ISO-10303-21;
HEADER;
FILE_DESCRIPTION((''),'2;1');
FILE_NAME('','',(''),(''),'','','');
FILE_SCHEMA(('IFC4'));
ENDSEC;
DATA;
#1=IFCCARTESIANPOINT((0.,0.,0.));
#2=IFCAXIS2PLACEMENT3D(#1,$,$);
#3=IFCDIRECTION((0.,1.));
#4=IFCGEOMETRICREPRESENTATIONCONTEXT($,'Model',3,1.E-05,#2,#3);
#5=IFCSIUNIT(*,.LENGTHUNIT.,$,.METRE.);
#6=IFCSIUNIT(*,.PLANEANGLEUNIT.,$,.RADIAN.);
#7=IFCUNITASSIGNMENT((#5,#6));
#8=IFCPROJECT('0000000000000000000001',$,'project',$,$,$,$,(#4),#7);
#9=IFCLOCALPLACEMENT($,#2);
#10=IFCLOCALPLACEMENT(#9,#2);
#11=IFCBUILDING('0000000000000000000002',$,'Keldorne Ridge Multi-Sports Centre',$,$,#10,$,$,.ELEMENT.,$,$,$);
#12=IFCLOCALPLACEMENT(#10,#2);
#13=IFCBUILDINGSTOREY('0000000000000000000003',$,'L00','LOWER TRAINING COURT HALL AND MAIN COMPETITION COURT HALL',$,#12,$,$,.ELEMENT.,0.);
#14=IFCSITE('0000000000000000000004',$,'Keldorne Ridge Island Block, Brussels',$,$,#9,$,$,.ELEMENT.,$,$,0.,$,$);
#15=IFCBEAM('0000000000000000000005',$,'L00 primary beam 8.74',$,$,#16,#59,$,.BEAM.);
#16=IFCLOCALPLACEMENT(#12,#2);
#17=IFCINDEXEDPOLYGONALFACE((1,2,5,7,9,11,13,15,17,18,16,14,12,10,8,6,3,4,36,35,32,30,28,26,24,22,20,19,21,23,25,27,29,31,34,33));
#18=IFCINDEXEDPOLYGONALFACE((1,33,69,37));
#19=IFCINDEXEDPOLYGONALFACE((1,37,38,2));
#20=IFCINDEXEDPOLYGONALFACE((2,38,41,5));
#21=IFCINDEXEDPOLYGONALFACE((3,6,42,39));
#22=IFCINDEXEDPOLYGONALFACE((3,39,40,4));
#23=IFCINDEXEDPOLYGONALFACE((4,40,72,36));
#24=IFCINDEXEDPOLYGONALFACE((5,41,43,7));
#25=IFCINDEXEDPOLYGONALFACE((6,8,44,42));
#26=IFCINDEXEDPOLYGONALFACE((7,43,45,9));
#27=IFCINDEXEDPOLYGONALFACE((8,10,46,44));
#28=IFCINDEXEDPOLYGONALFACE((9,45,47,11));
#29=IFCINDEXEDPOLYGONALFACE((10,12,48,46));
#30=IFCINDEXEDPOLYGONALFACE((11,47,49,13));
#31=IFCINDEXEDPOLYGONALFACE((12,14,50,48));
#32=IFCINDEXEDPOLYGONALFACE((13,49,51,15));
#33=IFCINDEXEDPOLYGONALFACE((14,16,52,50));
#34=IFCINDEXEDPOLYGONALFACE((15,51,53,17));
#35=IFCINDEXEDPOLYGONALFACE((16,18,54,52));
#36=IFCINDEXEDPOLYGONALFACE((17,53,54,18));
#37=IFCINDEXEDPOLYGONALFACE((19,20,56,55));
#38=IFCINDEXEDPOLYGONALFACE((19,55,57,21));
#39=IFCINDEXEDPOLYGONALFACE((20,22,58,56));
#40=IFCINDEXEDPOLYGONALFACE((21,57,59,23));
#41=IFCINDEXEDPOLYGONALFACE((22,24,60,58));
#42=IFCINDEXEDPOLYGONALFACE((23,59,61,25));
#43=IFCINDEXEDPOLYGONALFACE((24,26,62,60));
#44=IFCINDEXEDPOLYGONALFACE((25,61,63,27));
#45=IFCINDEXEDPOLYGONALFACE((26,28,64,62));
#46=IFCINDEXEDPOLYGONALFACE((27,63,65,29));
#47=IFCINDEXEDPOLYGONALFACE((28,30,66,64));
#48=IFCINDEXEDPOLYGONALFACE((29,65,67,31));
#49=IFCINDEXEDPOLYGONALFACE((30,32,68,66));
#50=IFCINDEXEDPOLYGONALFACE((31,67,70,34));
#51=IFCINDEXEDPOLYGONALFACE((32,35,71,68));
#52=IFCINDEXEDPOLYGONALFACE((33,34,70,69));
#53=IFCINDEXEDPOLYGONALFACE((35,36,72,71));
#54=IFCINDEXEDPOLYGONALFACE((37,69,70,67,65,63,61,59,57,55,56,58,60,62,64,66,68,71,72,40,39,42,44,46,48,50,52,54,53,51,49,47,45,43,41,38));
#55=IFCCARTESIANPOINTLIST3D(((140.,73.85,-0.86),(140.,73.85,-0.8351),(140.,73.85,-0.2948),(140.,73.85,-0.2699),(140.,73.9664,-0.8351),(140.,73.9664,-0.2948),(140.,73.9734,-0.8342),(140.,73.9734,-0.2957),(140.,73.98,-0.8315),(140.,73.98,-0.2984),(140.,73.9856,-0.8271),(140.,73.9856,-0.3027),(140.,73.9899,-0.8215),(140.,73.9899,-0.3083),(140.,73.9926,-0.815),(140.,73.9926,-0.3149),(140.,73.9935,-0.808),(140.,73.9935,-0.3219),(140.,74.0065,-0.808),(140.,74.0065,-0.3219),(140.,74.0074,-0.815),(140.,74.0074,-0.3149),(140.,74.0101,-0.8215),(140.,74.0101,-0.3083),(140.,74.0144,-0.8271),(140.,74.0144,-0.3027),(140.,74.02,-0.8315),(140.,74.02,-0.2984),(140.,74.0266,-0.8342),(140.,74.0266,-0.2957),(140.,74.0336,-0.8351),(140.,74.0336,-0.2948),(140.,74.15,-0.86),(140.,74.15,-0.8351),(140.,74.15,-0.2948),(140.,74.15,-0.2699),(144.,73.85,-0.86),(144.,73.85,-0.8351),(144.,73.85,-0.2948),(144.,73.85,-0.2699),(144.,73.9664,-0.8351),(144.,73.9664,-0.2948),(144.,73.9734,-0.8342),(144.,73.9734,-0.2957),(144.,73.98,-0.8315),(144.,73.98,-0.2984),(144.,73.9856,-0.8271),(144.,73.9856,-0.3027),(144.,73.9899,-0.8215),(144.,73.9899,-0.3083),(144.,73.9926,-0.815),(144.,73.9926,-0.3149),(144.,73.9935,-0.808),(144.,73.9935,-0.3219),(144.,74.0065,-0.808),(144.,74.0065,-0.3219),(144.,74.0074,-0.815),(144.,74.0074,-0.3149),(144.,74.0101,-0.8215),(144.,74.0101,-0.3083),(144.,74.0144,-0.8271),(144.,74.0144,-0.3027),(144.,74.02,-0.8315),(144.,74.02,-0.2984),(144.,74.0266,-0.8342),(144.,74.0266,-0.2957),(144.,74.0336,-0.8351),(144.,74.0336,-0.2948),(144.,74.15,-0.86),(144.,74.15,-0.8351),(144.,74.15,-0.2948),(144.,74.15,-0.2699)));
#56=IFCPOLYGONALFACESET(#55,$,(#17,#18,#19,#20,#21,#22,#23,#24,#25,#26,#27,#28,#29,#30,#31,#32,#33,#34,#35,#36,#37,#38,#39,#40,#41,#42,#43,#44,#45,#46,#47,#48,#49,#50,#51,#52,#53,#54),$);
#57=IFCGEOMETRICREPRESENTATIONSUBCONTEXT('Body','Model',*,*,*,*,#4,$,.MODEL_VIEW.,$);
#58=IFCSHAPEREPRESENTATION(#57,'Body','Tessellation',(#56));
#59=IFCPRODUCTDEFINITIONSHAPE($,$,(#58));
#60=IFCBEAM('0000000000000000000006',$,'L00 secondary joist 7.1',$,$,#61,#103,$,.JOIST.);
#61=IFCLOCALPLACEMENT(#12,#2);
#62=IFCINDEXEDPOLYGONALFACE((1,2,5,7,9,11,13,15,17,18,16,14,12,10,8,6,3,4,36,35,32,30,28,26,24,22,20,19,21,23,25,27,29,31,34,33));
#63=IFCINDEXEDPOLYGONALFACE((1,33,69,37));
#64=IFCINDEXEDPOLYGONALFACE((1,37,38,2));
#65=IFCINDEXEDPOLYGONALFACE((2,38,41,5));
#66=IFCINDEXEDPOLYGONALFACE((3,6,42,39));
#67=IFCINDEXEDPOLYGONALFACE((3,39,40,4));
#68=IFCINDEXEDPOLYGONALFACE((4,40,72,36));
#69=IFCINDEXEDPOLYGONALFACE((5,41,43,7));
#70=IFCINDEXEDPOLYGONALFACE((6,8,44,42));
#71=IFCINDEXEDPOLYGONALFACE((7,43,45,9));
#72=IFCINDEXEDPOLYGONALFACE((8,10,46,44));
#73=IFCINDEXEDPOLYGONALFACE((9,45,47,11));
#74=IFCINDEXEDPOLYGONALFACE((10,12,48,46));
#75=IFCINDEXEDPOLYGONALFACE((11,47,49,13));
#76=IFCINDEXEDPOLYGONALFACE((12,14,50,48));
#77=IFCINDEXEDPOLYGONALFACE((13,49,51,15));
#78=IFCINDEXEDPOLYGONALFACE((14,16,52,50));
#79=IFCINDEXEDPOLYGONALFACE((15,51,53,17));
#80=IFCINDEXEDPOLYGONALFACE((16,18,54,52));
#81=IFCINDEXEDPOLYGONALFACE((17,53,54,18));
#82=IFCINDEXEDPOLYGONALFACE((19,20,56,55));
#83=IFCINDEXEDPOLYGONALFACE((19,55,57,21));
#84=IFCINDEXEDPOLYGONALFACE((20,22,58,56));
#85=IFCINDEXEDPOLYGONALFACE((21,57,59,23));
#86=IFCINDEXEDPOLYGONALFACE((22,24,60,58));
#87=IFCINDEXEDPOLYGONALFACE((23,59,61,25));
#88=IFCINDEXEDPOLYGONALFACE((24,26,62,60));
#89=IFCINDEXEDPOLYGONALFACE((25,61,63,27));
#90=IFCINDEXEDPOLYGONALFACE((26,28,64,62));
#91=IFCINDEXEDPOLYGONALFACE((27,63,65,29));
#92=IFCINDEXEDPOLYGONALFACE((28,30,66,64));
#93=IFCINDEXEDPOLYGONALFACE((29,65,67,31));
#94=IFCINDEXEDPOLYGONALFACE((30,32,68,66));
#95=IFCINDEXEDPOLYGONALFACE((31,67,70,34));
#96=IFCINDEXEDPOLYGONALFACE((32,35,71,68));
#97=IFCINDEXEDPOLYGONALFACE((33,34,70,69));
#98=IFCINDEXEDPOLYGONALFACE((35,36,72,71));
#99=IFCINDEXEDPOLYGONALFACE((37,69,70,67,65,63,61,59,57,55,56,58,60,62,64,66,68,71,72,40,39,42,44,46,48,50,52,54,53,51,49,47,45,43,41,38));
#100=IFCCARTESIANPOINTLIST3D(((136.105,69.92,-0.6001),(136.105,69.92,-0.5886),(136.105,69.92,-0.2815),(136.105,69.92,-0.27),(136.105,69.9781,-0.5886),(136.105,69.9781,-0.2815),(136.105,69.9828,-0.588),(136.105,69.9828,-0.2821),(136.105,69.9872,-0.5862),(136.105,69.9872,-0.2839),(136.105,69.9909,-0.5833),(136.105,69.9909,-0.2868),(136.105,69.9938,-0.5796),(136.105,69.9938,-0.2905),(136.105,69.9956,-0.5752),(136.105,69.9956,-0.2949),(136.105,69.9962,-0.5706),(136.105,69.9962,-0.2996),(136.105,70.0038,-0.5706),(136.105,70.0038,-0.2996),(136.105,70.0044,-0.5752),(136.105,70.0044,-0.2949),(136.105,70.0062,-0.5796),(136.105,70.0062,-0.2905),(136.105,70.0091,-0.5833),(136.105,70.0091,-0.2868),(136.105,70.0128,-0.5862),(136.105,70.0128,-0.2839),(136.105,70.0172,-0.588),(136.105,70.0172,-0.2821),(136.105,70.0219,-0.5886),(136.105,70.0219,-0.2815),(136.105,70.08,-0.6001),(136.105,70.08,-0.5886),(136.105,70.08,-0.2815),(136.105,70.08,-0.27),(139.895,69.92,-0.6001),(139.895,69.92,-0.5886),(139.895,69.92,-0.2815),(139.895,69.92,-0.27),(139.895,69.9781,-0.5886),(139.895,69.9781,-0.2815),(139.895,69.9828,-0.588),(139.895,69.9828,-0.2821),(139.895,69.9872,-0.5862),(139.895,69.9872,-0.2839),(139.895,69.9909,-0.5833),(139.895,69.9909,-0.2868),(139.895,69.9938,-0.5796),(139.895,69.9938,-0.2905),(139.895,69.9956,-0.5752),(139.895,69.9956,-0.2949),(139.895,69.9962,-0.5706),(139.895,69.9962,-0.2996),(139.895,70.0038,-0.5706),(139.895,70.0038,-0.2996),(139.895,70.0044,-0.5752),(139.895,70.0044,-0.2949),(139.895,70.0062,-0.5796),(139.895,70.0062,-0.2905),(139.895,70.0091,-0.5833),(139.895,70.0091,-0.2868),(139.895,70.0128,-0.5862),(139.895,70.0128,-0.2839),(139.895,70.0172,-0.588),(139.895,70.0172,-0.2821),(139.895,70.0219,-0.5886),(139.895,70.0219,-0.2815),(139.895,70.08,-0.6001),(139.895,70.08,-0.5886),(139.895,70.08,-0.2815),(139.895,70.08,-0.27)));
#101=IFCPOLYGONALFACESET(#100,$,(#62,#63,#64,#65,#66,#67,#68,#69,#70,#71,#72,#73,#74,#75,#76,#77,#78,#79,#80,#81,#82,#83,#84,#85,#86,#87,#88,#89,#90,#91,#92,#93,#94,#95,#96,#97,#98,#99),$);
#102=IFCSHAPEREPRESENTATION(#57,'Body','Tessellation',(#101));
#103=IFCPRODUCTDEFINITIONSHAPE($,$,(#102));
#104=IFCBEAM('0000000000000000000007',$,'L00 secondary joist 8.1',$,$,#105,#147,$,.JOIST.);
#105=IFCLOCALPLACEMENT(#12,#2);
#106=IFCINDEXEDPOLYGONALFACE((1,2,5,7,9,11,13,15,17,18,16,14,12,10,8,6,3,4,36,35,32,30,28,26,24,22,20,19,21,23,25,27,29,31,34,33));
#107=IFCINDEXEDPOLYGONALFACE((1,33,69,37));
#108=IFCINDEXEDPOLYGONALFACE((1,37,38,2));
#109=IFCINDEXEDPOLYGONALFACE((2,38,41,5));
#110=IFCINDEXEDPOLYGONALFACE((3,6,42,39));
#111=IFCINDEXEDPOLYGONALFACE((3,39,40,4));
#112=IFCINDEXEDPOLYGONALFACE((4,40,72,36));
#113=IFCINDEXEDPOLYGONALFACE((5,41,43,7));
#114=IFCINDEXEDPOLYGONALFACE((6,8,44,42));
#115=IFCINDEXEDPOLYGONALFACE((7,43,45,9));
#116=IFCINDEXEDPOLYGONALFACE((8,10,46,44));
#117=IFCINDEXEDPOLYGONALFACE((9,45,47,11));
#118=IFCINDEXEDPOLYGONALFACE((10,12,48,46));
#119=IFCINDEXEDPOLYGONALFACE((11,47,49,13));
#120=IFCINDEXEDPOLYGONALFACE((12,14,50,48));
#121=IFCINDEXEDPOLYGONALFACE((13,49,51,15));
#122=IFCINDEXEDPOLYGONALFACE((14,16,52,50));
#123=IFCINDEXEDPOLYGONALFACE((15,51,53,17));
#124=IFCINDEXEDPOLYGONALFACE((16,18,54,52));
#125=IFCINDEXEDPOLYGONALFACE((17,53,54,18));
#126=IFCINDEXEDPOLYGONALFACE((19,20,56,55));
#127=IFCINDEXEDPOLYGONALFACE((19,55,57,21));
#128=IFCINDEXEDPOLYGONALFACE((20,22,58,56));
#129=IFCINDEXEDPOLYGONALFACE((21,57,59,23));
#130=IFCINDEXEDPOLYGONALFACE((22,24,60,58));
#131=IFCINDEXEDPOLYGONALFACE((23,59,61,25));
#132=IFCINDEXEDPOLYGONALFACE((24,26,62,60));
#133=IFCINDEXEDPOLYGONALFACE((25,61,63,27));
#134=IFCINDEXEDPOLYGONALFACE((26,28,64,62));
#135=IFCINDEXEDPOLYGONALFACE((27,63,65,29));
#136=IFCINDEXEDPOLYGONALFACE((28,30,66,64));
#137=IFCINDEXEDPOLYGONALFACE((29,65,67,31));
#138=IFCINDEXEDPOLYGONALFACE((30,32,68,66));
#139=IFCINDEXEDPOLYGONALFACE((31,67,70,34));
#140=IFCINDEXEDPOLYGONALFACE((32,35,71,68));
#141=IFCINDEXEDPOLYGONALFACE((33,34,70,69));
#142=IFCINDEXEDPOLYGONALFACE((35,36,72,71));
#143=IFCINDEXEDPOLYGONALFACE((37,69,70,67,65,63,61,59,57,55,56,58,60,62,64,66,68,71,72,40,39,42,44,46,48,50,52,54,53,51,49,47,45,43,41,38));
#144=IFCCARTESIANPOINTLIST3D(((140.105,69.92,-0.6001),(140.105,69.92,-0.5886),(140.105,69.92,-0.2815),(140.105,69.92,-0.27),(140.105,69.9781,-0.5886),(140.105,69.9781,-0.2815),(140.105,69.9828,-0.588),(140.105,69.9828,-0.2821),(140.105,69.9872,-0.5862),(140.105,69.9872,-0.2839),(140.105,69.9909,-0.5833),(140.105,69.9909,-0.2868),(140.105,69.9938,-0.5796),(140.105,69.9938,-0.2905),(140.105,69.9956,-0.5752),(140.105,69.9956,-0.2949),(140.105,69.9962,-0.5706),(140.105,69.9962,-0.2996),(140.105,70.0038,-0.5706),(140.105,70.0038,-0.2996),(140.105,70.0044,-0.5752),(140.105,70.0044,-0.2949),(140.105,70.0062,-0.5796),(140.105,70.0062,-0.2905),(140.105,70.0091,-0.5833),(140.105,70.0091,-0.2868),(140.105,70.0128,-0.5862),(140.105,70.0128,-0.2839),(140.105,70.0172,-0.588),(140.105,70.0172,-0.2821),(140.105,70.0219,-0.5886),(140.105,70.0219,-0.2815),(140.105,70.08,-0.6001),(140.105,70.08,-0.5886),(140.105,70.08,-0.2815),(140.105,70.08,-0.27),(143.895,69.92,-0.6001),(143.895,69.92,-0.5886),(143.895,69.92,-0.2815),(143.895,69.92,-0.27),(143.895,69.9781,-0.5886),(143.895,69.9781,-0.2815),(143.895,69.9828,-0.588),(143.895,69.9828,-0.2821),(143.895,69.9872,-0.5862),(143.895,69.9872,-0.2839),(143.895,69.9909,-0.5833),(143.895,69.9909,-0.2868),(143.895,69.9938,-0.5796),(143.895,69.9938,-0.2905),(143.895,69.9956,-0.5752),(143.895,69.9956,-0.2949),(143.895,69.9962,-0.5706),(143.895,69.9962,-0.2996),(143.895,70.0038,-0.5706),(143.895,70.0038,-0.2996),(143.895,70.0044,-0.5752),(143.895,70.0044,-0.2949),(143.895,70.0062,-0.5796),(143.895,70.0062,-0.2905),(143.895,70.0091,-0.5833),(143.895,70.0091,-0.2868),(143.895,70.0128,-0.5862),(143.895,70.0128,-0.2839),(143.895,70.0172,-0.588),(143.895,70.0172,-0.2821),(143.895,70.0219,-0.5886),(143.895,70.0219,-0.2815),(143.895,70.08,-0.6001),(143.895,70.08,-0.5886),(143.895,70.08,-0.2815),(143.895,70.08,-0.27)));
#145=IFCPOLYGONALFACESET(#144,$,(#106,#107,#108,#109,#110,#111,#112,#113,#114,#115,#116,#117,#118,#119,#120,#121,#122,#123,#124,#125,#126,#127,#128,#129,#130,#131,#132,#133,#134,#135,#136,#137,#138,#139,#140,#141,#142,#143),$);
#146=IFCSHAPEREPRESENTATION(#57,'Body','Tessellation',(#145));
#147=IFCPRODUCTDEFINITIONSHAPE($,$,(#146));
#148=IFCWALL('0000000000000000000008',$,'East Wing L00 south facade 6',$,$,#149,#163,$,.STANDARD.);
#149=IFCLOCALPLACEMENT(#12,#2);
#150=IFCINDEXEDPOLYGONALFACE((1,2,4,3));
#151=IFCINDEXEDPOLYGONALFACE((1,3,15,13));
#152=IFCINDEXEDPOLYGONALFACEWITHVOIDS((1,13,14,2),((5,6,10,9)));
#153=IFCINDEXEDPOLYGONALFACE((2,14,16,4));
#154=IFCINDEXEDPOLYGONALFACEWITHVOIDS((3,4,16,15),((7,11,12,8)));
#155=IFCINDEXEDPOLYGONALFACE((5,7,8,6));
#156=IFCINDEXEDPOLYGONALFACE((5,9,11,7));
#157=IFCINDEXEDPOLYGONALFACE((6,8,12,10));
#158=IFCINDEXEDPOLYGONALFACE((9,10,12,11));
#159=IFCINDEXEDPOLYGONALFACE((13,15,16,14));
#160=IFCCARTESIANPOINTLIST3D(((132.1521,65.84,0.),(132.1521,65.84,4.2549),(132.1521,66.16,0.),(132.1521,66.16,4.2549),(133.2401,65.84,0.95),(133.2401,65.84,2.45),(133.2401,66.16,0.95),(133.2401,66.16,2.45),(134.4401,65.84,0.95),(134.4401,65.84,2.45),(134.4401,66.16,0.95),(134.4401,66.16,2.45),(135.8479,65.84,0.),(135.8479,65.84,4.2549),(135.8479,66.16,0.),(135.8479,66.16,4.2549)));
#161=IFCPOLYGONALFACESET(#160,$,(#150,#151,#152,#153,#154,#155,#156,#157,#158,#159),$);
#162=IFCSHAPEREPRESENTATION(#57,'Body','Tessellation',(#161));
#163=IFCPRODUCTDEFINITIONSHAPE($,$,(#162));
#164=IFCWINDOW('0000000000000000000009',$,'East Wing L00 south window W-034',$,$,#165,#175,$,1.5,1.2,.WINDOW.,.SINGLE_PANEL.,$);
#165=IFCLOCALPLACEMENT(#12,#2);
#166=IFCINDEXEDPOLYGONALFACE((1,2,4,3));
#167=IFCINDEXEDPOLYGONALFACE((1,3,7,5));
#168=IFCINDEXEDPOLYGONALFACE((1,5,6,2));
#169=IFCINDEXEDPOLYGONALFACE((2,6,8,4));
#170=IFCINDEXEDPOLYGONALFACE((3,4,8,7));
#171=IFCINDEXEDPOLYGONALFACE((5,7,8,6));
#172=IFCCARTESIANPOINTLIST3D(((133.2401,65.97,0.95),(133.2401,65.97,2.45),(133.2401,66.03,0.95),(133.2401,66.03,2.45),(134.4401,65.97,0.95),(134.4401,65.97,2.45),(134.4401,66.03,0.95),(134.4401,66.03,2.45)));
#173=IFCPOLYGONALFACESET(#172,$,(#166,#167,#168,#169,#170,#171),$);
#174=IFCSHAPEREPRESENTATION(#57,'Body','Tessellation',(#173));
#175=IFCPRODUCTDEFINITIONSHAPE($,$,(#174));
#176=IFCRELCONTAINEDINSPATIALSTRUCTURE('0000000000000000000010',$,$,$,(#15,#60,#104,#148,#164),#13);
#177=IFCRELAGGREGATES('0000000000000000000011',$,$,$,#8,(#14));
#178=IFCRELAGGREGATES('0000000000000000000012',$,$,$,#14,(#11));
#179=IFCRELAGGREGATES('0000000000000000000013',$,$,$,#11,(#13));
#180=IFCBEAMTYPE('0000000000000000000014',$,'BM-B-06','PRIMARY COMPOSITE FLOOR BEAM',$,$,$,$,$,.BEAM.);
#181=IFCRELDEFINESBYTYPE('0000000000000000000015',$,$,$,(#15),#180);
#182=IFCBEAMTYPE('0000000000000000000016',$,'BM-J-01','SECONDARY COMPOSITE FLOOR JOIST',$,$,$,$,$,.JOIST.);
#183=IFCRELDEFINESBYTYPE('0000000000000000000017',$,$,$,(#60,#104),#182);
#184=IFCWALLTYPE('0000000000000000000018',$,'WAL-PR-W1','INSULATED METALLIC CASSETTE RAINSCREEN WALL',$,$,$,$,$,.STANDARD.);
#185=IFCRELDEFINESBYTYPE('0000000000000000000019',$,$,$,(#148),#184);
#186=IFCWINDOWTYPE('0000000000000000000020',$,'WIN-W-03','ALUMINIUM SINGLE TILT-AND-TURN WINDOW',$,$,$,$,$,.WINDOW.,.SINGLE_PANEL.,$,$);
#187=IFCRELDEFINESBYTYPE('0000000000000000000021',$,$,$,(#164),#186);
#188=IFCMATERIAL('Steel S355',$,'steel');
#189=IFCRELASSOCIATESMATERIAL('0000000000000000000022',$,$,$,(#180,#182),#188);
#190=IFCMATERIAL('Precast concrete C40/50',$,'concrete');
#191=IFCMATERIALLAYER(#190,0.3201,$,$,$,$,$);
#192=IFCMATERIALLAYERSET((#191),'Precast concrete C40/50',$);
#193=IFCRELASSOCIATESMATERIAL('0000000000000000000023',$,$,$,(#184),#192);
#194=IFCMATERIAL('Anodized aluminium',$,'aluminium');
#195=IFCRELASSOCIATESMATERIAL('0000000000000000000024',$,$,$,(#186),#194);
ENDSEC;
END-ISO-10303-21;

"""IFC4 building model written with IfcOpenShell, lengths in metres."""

from ifc_helpers import new_model, si_unit, direction, frame, frame_2d, origin, origin_2d, place, context, subcontext, project, spatial, rectangle, i_section, extrude, material, layer, layer_set, material_profile, profile_set, type_object, element, fill, save


model = new_model("IFC4")

# Units and contexts
model_context = context("Model", 3, precision=1e-05, world=origin(), true_north=direction((0.0, 1.0)))
body_context = subcontext(model_context, "Body", "Model", "MODEL_VIEW")
ifc_project = project(units=[si_unit("LENGTHUNIT", "METRE"), si_unit("PLANEANGLEUNIT", "RADIAN")], contexts=[model_context])

# Site, building, storey
site_placement = place(None, origin())
site = spatial("IfcSite", under=ifc_project, at=site_placement, Name="Keldorne Ridge Island Block, Brussels", CompositionType="ELEMENT", RefElevation=0.0)
building_placement = place(site_placement, origin())
building = spatial("IfcBuilding", under=site, at=building_placement, Name="Keldorne Ridge Multi-Sports Centre", CompositionType="ELEMENT")
storey_placement = place(building_placement, origin())
storey = spatial("IfcBuildingStorey", under=building, at=storey_placement, Name="L00", Description="LOWER TRAINING COURT HALL AND MAIN COMPETITION COURT HALL", CompositionType="ELEMENT", Elevation=0.0)

# Shared definitions
ifc_material_1 = material(Name="Steel S355", Category="steel")

# Beams
ifc_material_profile_1 = material_profile(ifc_material_1, i_section(OverallWidth=0.3, OverallDepth=0.5901, WebThickness=0.0129, FlangeThickness=0.0249, FilletRadius=0.0271, at=origin_2d()), Name="HEA 600")
ifc_profile_set_1 = profile_set([ifc_material_profile_1], Name="Steel S355")
beam_type_1 = type_object("IfcBeamType", Name="BM-B-06", Description="PRIMARY COMPOSITE FLOOR BEAM", PredefinedType="BEAM", material=ifc_profile_set_1)
for number, where, z_axis, x_axis, name in (
    (1, (140.0, 74.0, -0.5649), (1.0, 0.0, 0.0), (0.0, 1.0, 0.0), "L00 primary beam 8.74"),
):
    element("IfcBeam", number, at=place(storey_placement, frame(where, z_axis=z_axis, x_axis=x_axis)), inside=storey, type_object=beam_type_1, Name=name, PredefinedType="BEAM", context=body_context, shape_type="SweptSolid", body=[
        extrude(i_section(OverallWidth=0.3, OverallDepth=0.5901, WebThickness=0.0129, FlangeThickness=0.0249, FilletRadius=0.0271, at=origin_2d()), origin(), (0.0, 0.0, 1.0), 4.0),
    ])
ifc_material_profile_2 = material_profile(ifc_material_1, i_section(OverallWidth=0.1599, OverallDepth=0.3301, WebThickness=0.0076, FlangeThickness=0.0115, FilletRadius=0.0181, at=origin_2d()), Name="IPE 330")
ifc_profile_set_2 = profile_set([ifc_material_profile_2], Name="Steel S355")
beam_type_2 = type_object("IfcBeamType", Name="BM-J-01", Description="SECONDARY COMPOSITE FLOOR JOIST", PredefinedType="JOIST", material=ifc_profile_set_2)
for number, where, z_axis, x_axis, name in (
    (2, (136.105, 70.0, -0.4351), (1.0, 0.0, 0.0), (0.0, 1.0, 0.0), "L00 secondary joist 7.1"),
    (3, (140.105, 70.0, -0.4351), (1.0, 0.0, 0.0), (0.0, 1.0, 0.0), "L00 secondary joist 8.1"),
):
    element("IfcBeam", number, at=place(storey_placement, frame(where, z_axis=z_axis, x_axis=x_axis)), inside=storey, type_object=beam_type_2, Name=name, PredefinedType="JOIST", context=body_context, shape_type="SweptSolid", body=[
        extrude(i_section(OverallWidth=0.1599, OverallDepth=0.3301, WebThickness=0.0076, FlangeThickness=0.0115, FilletRadius=0.0181, at=origin_2d()), origin(), (0.0, 0.0, 1.0), 3.79),
    ])

# Wall, opening, window
ifc_material_2 = material(Name="Precast concrete C40/50", Category="concrete")
ifc_layer = layer(ifc_material_2, 0.3201)
ifc_layer_set = layer_set([ifc_layer], Name="Precast concrete C40/50")
wall_type = type_object("IfcWallType", Name="WAL-PR-W1", Description="INSULATED METALLIC CASSETTE RAINSCREEN WALL", PredefinedType="STANDARD", material=ifc_layer_set)
wall_1_placement = place(storey_placement, frame((132.1521, 66.0, 0.0), z_axis=(0.0, 0.0, 1.0), x_axis=(1.0, 0.0, 0.0)))
wall_1 = element("IfcWall", 4, at=wall_1_placement, inside=storey, type_object=wall_type, Name="East Wing L00 south facade 6", PredefinedType="STANDARD", context=body_context, shape_type="SweptSolid", body=[
    extrude(rectangle(XDim=3.6958, YDim=0.3201, at=frame_2d((1.8479, 0.0))), origin(), (0.0, 0.0, 1.0), 4.2549),
])
opening_1_placement = place(wall_1_placement, frame((1.0879, 0.0, 0.95)))
opening_1 = element("IfcOpeningElement", 5, at=opening_1_placement, cuts=wall_1, PredefinedType="OPENING", context=body_context, shape_type="SweptSolid", body=[
    extrude(rectangle(XDim=1.2, YDim=1.5, at=frame_2d((0.6001, 0.75))), frame((0.0, 0.1699, 0.0), z_axis=(0.0, -1.0, 0.0), x_axis=(1.0, 0.0, 0.0)), (0.0, 0.0, 1.0), 0.3401),
])
ifc_material_3 = material(Name="Anodized aluminium", Category="aluminium")
window_type = type_object("IfcWindowType", Name="WIN-W-03", Description="ALUMINIUM SINGLE TILT-AND-TURN WINDOW", PartitioningType="SINGLE_PANEL", PredefinedType="WINDOW", material=ifc_material_3)
window_1_placement = place(opening_1_placement, origin())
window_1 = element("IfcWindow", 6, at=window_1_placement, inside=storey, type_object=window_type, Name="East Wing L00 south window W-034", OverallHeight=1.5, OverallWidth=1.2, PartitioningType="SINGLE_PANEL", PredefinedType="WINDOW", context=body_context, shape_type="SweptSolid", body=[
    extrude(rectangle(XDim=1.2, YDim=1.5, at=frame_2d((0.6001, 0.75))), frame((0.0, 0.03, 0.0), z_axis=(0.0, -1.0, 0.0), x_axis=(1.0, 0.0, 0.0)), (0.0, 0.0, 1.0), 0.0601),
])
fill(opening_1, window_1)

save(model, "model.ifc")
